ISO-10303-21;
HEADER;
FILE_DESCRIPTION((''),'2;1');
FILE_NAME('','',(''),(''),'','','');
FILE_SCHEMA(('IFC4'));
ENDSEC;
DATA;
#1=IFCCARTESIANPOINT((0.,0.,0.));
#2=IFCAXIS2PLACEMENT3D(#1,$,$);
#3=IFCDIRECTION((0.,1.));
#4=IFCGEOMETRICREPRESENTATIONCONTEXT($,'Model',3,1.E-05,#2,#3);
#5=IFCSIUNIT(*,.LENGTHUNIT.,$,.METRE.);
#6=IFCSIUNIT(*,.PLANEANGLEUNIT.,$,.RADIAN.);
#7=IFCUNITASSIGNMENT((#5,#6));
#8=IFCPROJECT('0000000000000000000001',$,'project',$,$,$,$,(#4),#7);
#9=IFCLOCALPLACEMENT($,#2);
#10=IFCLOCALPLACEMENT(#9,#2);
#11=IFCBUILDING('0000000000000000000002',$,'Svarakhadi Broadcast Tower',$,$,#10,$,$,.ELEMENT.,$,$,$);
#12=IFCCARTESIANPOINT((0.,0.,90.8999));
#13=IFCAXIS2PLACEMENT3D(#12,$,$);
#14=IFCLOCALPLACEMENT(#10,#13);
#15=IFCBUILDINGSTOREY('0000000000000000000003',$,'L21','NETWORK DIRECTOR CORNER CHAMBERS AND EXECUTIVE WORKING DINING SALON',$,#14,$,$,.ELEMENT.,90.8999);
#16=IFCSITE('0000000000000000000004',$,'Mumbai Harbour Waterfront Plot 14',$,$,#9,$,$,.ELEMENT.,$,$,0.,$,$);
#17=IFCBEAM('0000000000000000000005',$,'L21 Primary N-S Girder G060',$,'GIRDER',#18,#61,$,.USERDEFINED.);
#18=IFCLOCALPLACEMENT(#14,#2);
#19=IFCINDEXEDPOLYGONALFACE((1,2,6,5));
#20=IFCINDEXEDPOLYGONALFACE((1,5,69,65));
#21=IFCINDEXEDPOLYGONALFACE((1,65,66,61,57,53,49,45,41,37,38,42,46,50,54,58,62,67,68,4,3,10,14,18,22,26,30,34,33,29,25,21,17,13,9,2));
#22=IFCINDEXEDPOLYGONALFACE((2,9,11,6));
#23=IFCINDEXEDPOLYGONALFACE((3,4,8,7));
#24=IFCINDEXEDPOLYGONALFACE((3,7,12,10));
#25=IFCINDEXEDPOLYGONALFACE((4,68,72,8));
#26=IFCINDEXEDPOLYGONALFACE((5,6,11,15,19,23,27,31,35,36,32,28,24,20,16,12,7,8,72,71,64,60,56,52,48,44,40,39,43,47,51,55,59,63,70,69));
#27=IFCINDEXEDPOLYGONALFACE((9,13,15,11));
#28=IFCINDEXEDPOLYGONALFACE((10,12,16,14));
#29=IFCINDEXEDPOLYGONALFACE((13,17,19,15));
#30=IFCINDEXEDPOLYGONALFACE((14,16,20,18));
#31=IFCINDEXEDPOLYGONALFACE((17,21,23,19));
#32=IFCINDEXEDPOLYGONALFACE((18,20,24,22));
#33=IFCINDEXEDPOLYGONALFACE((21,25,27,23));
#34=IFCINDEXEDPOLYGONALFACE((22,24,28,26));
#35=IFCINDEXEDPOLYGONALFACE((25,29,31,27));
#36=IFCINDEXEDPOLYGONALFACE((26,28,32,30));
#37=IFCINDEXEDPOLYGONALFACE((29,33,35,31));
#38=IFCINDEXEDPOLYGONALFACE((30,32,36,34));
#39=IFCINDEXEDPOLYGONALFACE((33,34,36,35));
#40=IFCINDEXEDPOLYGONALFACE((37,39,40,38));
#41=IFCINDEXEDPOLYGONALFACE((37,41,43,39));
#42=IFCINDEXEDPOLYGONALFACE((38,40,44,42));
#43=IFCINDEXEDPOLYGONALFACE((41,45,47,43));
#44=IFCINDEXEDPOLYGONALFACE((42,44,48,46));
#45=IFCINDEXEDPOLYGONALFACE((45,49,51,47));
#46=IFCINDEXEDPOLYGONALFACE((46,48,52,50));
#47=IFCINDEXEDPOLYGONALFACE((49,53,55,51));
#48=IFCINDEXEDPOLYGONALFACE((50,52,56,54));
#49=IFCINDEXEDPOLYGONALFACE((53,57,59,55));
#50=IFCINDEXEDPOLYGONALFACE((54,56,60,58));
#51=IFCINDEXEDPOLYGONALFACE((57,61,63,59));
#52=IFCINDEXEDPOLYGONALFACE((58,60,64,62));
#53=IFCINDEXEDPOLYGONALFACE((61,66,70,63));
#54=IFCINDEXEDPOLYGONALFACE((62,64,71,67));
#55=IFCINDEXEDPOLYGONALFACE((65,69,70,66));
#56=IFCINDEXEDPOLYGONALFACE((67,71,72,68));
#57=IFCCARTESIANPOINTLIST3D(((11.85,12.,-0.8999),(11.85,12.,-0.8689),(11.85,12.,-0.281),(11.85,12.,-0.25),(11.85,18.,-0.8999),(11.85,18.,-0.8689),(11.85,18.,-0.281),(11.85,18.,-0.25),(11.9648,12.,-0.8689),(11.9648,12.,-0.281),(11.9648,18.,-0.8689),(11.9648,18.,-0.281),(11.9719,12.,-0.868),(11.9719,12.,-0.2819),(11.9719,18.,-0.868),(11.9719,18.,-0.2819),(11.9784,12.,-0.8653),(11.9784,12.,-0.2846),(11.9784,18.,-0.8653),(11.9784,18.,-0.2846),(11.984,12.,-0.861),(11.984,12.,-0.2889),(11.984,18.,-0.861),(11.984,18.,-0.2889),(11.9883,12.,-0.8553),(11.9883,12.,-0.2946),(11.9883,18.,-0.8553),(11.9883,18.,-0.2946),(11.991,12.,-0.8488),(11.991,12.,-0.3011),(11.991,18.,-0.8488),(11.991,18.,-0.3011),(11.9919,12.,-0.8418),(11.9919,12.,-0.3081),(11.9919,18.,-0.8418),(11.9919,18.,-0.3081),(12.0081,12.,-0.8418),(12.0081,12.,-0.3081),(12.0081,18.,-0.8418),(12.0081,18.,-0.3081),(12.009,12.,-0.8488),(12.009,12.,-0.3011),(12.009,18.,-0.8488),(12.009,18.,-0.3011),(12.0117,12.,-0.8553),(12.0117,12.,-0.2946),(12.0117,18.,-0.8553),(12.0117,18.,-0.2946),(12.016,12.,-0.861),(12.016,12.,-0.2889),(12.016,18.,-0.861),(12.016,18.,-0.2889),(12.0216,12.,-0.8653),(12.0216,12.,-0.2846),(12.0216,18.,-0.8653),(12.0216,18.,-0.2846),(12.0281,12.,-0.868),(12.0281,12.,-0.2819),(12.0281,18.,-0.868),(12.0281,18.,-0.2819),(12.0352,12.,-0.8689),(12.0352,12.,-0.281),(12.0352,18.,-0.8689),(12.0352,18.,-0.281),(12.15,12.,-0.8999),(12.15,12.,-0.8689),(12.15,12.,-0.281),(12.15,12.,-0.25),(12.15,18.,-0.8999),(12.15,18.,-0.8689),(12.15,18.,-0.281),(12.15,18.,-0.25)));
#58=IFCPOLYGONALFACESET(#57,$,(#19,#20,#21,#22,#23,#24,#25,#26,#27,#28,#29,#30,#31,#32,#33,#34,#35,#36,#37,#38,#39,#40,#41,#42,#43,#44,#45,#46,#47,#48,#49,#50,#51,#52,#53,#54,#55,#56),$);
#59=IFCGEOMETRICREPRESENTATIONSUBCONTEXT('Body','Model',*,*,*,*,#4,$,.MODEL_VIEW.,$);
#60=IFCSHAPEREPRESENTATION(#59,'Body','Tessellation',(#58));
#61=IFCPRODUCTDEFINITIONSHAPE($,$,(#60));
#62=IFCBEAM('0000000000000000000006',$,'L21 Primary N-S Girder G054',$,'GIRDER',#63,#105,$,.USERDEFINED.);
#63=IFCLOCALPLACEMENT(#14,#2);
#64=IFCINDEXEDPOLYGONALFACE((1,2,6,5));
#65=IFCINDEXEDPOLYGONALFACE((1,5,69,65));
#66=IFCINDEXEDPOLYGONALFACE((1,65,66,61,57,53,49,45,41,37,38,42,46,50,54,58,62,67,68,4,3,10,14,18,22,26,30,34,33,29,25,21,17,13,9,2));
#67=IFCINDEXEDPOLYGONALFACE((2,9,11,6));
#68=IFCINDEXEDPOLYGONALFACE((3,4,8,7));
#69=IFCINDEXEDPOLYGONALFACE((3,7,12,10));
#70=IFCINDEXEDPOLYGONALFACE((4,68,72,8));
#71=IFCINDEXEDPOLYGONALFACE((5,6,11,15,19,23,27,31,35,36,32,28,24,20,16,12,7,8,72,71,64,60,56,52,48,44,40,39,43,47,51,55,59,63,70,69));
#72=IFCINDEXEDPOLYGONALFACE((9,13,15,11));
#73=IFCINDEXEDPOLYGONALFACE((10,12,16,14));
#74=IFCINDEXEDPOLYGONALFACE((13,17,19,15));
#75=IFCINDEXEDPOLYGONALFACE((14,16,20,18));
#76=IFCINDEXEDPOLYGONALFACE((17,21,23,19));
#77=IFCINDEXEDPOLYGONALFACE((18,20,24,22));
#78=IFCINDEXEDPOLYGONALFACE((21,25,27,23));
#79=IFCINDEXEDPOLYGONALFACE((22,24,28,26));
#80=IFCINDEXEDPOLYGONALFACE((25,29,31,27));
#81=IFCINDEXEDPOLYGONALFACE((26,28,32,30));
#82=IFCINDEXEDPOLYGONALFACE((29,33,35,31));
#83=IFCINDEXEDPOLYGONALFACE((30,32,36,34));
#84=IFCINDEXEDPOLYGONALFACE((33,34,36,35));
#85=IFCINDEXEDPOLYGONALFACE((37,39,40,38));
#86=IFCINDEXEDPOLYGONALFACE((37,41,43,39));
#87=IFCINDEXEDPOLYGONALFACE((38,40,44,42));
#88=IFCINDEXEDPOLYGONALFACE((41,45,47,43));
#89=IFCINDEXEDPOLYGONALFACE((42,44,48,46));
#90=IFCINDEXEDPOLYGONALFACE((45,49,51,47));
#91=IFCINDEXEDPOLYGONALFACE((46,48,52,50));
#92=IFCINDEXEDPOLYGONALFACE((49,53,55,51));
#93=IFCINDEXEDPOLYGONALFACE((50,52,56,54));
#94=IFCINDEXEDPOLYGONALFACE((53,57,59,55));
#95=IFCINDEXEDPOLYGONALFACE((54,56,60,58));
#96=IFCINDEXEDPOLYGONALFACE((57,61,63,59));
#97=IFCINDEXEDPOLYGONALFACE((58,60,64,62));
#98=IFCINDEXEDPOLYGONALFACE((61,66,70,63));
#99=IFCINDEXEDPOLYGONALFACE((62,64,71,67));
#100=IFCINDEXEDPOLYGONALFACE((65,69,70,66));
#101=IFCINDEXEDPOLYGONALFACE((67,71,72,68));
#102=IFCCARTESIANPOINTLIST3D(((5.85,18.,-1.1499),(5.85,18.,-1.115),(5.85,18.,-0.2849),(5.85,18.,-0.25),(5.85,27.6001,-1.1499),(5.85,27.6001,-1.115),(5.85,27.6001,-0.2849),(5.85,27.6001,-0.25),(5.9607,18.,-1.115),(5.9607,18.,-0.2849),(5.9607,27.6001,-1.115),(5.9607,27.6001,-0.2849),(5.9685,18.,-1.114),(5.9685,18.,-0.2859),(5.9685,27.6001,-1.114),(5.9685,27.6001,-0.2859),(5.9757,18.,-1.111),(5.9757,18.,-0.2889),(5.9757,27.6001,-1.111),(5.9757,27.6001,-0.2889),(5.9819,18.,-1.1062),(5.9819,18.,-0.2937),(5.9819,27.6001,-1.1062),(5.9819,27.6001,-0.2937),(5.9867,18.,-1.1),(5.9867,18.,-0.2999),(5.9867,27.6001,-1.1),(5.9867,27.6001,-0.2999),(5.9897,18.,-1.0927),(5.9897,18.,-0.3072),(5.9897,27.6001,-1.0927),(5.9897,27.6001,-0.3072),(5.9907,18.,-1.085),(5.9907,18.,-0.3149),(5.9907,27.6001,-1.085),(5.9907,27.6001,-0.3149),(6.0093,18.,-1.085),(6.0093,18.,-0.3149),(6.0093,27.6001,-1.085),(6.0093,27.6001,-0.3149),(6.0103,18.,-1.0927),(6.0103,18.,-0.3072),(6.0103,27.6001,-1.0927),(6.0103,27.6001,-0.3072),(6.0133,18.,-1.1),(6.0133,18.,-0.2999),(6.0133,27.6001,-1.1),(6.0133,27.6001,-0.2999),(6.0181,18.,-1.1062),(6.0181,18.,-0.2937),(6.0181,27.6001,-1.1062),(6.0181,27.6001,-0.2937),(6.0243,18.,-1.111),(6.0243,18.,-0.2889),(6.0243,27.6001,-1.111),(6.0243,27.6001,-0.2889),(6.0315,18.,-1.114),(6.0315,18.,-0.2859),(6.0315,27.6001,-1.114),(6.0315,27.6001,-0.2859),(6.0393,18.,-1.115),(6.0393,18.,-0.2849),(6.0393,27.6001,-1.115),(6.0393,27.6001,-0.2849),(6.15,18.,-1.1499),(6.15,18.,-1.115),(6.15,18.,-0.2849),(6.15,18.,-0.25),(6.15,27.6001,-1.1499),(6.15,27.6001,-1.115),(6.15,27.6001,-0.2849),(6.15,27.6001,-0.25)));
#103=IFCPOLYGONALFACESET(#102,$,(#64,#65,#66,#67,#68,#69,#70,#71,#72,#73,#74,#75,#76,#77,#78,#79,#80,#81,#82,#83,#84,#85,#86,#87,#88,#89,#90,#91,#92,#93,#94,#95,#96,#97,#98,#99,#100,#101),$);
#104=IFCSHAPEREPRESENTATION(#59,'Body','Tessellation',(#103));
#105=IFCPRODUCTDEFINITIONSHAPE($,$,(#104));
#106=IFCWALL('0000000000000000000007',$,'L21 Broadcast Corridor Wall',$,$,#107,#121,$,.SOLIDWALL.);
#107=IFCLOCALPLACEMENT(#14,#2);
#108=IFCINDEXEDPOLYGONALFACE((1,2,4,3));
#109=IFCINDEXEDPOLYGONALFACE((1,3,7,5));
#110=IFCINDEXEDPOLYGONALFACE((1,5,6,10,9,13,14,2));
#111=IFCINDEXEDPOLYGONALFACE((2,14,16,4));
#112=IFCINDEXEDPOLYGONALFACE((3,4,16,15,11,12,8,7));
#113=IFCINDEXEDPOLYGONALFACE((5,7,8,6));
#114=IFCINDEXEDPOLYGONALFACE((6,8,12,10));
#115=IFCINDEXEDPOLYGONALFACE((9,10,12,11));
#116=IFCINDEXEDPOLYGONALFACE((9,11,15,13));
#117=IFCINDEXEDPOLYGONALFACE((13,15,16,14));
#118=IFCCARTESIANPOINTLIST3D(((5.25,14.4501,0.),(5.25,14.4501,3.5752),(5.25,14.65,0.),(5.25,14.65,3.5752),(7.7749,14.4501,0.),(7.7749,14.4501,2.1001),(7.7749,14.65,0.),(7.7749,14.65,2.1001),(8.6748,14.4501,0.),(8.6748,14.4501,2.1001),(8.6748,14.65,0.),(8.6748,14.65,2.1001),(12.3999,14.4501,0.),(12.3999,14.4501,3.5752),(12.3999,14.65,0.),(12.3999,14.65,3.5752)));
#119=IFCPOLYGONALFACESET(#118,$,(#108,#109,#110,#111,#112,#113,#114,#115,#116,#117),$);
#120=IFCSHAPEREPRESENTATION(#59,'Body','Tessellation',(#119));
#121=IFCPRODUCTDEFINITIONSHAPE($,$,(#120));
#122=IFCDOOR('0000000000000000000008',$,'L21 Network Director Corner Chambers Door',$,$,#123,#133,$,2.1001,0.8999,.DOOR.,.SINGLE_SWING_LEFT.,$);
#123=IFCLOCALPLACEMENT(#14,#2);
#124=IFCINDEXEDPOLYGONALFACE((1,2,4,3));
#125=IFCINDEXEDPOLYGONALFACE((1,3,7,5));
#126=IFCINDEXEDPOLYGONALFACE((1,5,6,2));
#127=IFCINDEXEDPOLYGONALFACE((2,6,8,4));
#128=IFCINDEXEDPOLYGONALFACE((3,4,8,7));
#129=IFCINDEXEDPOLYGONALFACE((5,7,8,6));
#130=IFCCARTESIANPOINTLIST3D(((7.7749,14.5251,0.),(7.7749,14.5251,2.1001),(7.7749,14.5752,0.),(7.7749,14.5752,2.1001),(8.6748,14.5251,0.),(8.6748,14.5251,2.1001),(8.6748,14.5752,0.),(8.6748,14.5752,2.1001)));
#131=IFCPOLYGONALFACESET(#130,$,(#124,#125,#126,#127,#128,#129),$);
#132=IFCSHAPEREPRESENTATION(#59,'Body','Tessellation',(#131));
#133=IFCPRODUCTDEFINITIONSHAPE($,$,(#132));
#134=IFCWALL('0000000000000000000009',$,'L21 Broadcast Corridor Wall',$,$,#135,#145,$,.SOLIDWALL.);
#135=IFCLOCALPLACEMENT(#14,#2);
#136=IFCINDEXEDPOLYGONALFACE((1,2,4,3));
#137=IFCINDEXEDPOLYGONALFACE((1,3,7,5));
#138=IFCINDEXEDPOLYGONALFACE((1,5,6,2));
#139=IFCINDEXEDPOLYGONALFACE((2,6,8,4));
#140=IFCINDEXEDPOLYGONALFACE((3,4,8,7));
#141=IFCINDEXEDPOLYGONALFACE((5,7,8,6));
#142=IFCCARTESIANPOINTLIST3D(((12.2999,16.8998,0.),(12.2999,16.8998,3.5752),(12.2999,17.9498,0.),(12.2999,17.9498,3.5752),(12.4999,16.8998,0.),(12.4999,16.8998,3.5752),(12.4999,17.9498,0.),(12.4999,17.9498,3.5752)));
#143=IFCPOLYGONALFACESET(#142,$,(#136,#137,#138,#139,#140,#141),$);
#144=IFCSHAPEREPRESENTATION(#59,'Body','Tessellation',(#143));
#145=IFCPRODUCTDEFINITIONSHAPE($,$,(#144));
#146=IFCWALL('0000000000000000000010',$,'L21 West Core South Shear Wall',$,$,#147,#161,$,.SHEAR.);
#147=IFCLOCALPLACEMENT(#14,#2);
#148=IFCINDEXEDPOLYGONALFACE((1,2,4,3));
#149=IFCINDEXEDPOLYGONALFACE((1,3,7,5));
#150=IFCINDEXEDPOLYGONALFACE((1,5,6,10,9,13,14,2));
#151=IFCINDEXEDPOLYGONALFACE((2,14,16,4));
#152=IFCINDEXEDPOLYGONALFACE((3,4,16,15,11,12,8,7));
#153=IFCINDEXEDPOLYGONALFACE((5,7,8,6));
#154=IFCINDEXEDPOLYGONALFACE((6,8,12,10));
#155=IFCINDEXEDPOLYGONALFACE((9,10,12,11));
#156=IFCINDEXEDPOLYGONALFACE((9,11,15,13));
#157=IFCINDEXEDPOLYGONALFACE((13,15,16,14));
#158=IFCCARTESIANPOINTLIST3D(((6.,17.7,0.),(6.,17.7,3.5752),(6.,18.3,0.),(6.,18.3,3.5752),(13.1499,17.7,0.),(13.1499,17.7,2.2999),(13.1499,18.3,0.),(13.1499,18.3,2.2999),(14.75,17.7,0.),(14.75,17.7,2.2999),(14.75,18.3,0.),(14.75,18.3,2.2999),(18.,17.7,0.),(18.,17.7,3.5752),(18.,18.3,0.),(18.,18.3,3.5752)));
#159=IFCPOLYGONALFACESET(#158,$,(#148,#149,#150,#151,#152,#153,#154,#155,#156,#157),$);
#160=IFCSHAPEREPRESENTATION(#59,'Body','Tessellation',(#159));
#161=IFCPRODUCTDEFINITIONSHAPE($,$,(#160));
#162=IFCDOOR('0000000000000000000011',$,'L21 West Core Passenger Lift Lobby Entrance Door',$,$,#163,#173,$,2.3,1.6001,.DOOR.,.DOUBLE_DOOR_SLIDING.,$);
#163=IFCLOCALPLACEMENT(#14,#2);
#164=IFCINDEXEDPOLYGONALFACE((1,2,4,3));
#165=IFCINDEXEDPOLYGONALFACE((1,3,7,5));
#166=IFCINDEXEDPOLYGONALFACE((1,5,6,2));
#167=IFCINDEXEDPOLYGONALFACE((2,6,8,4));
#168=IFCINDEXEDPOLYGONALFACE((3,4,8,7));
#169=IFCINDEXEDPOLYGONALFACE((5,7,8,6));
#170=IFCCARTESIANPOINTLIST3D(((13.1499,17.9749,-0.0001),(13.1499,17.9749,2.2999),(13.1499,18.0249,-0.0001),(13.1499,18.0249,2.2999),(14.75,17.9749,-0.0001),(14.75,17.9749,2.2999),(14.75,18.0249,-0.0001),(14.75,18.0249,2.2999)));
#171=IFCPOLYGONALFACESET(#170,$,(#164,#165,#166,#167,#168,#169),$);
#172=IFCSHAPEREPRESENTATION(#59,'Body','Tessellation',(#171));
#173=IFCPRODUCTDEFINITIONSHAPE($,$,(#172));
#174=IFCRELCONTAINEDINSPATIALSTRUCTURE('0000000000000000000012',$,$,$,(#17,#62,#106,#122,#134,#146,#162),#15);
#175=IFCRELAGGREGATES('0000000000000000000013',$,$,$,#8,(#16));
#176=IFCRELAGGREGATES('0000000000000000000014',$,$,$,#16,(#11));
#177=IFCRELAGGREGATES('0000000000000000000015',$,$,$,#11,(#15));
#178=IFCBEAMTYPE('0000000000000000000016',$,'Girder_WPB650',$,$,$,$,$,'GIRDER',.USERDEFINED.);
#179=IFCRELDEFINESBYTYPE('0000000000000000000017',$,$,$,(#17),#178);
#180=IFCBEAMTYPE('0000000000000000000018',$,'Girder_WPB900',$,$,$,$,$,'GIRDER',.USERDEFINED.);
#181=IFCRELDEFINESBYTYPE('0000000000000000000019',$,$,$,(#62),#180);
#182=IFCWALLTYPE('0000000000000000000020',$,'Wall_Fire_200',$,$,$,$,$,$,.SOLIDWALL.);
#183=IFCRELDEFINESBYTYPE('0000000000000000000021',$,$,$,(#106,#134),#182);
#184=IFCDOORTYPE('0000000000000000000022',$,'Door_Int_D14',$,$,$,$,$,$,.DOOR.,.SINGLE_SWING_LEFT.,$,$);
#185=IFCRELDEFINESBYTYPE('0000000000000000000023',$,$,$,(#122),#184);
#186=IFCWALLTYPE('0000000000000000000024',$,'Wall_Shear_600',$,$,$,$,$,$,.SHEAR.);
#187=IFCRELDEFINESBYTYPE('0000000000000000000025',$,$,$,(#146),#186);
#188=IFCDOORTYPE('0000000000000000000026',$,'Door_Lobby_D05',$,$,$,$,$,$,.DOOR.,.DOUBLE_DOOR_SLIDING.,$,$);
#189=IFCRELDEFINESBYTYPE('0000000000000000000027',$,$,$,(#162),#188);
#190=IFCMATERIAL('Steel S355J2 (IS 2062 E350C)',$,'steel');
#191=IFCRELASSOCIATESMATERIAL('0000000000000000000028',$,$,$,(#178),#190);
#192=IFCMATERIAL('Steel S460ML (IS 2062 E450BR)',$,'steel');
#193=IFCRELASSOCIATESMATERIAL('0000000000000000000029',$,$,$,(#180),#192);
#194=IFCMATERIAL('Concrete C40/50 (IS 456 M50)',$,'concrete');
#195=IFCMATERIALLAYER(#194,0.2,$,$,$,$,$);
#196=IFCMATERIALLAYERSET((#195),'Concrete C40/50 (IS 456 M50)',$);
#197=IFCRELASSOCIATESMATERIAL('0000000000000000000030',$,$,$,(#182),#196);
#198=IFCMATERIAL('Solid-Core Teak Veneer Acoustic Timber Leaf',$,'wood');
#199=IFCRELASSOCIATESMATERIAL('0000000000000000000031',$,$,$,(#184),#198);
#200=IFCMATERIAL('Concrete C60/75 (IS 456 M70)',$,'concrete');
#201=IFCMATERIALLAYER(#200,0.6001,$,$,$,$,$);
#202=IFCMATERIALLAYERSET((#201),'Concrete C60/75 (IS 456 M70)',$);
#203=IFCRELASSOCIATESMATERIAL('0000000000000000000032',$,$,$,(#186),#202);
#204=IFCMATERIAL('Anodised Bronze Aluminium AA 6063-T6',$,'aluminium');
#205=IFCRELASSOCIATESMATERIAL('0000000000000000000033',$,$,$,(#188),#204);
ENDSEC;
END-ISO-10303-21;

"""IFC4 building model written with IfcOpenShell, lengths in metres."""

from ifc_helpers import new_model, si_unit, direction, frame, frame_2d, origin, origin_2d, place, context, subcontext, project, spatial, rectangle, i_section, extrude, material, layer, layer_set, material_profile, profile_set, type_object, element, fill, save


model = new_model("IFC4")

# Units and contexts
model_context = context("Model", 3, precision=1e-05, world=origin(), true_north=direction((0.0, 1.0)))
body_context = subcontext(model_context, "Body", "Model", "MODEL_VIEW")
ifc_project = project(units=[si_unit("LENGTHUNIT", "METRE"), si_unit("PLANEANGLEUNIT", "RADIAN")], contexts=[model_context])

# Site, building, storey
site_placement = place(None, origin())
site = spatial("IfcSite", under=ifc_project, at=site_placement, Name="Mumbai Harbour Waterfront Plot 14", CompositionType="ELEMENT", RefElevation=0.0)
building_placement = place(site_placement, origin())
building = spatial("IfcBuilding", under=site, at=building_placement, Name="Svarakhadi Broadcast Tower", CompositionType="ELEMENT")
storey_placement = place(building_placement, frame((0.0, 0.0, 90.8999)))
storey = spatial("IfcBuildingStorey", under=building, at=storey_placement, Name="L21", Description="NETWORK DIRECTOR CORNER CHAMBERS AND EXECUTIVE WORKING DINING SALON", CompositionType="ELEMENT", Elevation=90.8999)

# Shared definitions
ifc_material_1 = material(Name="Steel S460ML (IS 2062 E450BR)", Category="steel")
ifc_material_2 = material(Name="Concrete C60/75 (IS 456 M70)", Category="concrete")

# Beams
ifc_material_3 = material(Name="Steel S355J2 (IS 2062 E350C)", Category="steel")
ifc_material_profile_1 = material_profile(ifc_material_3, i_section(OverallWidth=0.3, OverallDepth=0.6499, WebThickness=0.0161, FlangeThickness=0.031, FilletRadius=0.0271, at=origin_2d()), Name="WPB 650x300x225")
ifc_profile_set_1 = profile_set([ifc_material_profile_1], Name="Steel S355J2 (IS 2062 E350C)")
beam_type_1 = type_object("IfcBeamType", Name="Girder_WPB650", ElementType="GIRDER", PredefinedType="USERDEFINED", material=ifc_profile_set_1)
for number, where, z_axis, x_axis, name in (
    (1, (12.0, 12.0, -0.575), (0.0, 1.0, 0.0), (-1.0, 0.0, 0.0), "L21 Primary N-S Girder G060"),
):
    element("IfcBeam", number, at=place(storey_placement, frame(where, z_axis=z_axis, x_axis=x_axis)), inside=storey, type_object=beam_type_1, Name=name, ObjectType="GIRDER", PredefinedType="USERDEFINED", context=body_context, shape_type="SweptSolid", body=[
        extrude(i_section(OverallWidth=0.3, OverallDepth=0.6499, WebThickness=0.0161, FlangeThickness=0.031, FilletRadius=0.0271, at=origin_2d()), origin(), (0.0, 0.0, 1.0), 6.0),
    ])
ifc_material_profile_2 = material_profile(ifc_material_1, i_section(OverallWidth=0.3, OverallDepth=0.8999, WebThickness=0.0186, FlangeThickness=0.0349, FilletRadius=0.03, at=origin_2d()), Name="WPB 900x300x291")
ifc_profile_set_2 = profile_set([ifc_material_profile_2], Name="Steel S460ML (IS 2062 E450BR)")
beam_type_2 = type_object("IfcBeamType", Name="Girder_WPB900", ElementType="GIRDER", PredefinedType="USERDEFINED", material=ifc_profile_set_2)
beam_placement = place(storey_placement, frame((6.0, 18.0, -0.7), z_axis=(0.0, 1.0, 0.0), x_axis=(-1.0, 0.0, 0.0)))
element("IfcBeam", 2, at=beam_placement, inside=storey, type_object=beam_type_2, Name="L21 Primary N-S Girder G054", ObjectType="GIRDER", PredefinedType="USERDEFINED", context=body_context, shape_type="SweptSolid", body=[
    extrude(i_section(OverallWidth=0.3, OverallDepth=0.8999, WebThickness=0.0186, FlangeThickness=0.0349, FilletRadius=0.03, at=origin_2d()), origin(), (0.0, 0.0, 1.0), 9.6001),
])

# Wall, opening, door
ifc_material_4 = material(Name="Concrete C40/50 (IS 456 M50)", Category="concrete")
ifc_layer_1 = layer(ifc_material_4, 0.2)
ifc_layer_set_1 = layer_set([ifc_layer_1], Name="Concrete C40/50 (IS 456 M50)")
wall_type_1 = type_object("IfcWallType", Name="Wall_Fire_200", PredefinedType="SOLIDWALL", material=ifc_layer_set_1)
wall_1_placement = place(storey_placement, frame((12.3999, 14.55, 0.0), z_axis=(0.0, 0.0, 1.0), x_axis=(-1.0, 0.0, 0.0)))
wall_1 = element("IfcWall", 3, at=wall_1_placement, inside=storey, type_object=wall_type_1, Name="L21 Broadcast Corridor Wall", PredefinedType="SOLIDWALL", context=body_context, shape_type="SweptSolid", body=[
    extrude(rectangle(XDim=7.1499, YDim=0.2, at=frame_2d((3.575, 0.0))), origin(), (0.0, 0.0, 1.0), 3.5752),
])
opening_1_placement = place(wall_1_placement, frame((3.7251, 0.0, 0.0)))
opening_1 = element("IfcOpeningElement", 4, at=opening_1_placement, cuts=wall_1, PredefinedType="OPENING", context=body_context, shape_type="SweptSolid", body=[
    extrude(rectangle(XDim=0.8999, YDim=2.1001, at=frame_2d((0.45, 1.05))), frame((0.0, 0.1099, 0.0), z_axis=(0.0, -1.0, 0.0), x_axis=(1.0, 0.0, 0.0)), (0.0, 0.0, 1.0), 0.22),
])
ifc_material_5 = material(Name="Solid-Core Teak Veneer Acoustic Timber Leaf", Category="wood")
door_type_1 = type_object("IfcDoorType", Name="Door_Int_D14", OperationType="SINGLE_SWING_LEFT", PredefinedType="DOOR", material=ifc_material_5)
door_1_placement = place(opening_1_placement, origin())
door_1 = element("IfcDoor", 5, at=door_1_placement, inside=storey, type_object=door_type_1, Name="L21 Network Director Corner Chambers Door", OperationType="SINGLE_SWING_LEFT", OverallHeight=2.1001, OverallWidth=0.8999, PredefinedType="DOOR", context=body_context, shape_type="SweptSolid", body=[
    extrude(rectangle(XDim=0.8999, YDim=2.1001, at=frame_2d((0.45, 1.05))), frame((0.0, 0.0249, 0.0), z_axis=(0.0, -1.0, 0.0), x_axis=(1.0, 0.0, 0.0)), (0.0, 0.0, 1.0), 0.05),
])
fill(opening_1, door_1)

# Wall
wall_2_placement = place(storey_placement, frame((12.3999, 16.8999, 0.0), z_axis=(0.0, 0.0, 1.0), x_axis=(0.0, 1.0, 0.0)))
element("IfcWall", 6, at=wall_2_placement, inside=storey, type_object=wall_type_1, Name="L21 Broadcast Corridor Wall", PredefinedType="SOLIDWALL", context=body_context, shape_type="SweptSolid", body=[
    extrude(rectangle(XDim=1.05, YDim=0.2, at=frame_2d((0.5249, 0.0))), origin(), (0.0, 0.0, 1.0), 3.5752),
])

# Wall, opening, door
ifc_layer_2 = layer(ifc_material_2, 0.6001)
ifc_layer_set_2 = layer_set([ifc_layer_2], Name="Concrete C60/75 (IS 456 M70)")
wall_type_2 = type_object("IfcWallType", Name="Wall_Shear_600", PredefinedType="SHEAR", material=ifc_layer_set_2)
wall_3_placement = place(storey_placement, frame((6.0, 18.0, 0.0), z_axis=(0.0, 0.0, 1.0), x_axis=(1.0, 0.0, 0.0)))
wall_3 = element("IfcWall", 7, at=wall_3_placement, inside=storey, type_object=wall_type_2, Name="L21 West Core South Shear Wall", PredefinedType="SHEAR", context=body_context, shape_type="SweptSolid", body=[
    extrude(rectangle(XDim=12.0, YDim=0.6001, at=frame_2d((6.0, 0.0))), origin(), (0.0, 0.0, 1.0), 3.5752),
])
opening_2_placement = place(wall_3_placement, frame((7.1499, 0.0, 0.0)))
opening_2 = element("IfcOpeningElement", 8, at=opening_2_placement, cuts=wall_3, PredefinedType="OPENING", context=body_context, shape_type="SweptSolid", body=[
    extrude(rectangle(XDim=1.6001, YDim=2.3, at=frame_2d((0.8, 1.1499))), frame((0.0, 0.3101, 0.0), z_axis=(0.0, -1.0, 0.0), x_axis=(1.0, 0.0, 0.0)), (0.0, 0.0, 1.0), 0.6201),
])
ifc_material_6 = material(Name="Anodised Bronze Aluminium AA 6063-T6", Category="aluminium")
door_type_2 = type_object("IfcDoorType", Name="Door_Lobby_D05", OperationType="DOUBLE_DOOR_SLIDING", PredefinedType="DOOR", material=ifc_material_6)
door_2_placement = place(opening_2_placement, origin())
door_2 = element("IfcDoor", 9, at=door_2_placement, inside=storey, type_object=door_type_2, Name="L21 West Core Passenger Lift Lobby Entrance Door", OperationType="DOUBLE_DOOR_SLIDING", OverallHeight=2.3, OverallWidth=1.6001, PredefinedType="DOOR", context=body_context, shape_type="SweptSolid", body=[
    extrude(rectangle(XDim=1.6001, YDim=2.3, at=frame_2d((0.8, 1.1499))), frame((0.0, 0.0249, 0.0), z_axis=(0.0, -1.0, 0.0), x_axis=(1.0, 0.0, 0.0)), (0.0, 0.0, 1.0), 0.05),
])
fill(opening_2, door_2)

save(model, "model.ifc")
